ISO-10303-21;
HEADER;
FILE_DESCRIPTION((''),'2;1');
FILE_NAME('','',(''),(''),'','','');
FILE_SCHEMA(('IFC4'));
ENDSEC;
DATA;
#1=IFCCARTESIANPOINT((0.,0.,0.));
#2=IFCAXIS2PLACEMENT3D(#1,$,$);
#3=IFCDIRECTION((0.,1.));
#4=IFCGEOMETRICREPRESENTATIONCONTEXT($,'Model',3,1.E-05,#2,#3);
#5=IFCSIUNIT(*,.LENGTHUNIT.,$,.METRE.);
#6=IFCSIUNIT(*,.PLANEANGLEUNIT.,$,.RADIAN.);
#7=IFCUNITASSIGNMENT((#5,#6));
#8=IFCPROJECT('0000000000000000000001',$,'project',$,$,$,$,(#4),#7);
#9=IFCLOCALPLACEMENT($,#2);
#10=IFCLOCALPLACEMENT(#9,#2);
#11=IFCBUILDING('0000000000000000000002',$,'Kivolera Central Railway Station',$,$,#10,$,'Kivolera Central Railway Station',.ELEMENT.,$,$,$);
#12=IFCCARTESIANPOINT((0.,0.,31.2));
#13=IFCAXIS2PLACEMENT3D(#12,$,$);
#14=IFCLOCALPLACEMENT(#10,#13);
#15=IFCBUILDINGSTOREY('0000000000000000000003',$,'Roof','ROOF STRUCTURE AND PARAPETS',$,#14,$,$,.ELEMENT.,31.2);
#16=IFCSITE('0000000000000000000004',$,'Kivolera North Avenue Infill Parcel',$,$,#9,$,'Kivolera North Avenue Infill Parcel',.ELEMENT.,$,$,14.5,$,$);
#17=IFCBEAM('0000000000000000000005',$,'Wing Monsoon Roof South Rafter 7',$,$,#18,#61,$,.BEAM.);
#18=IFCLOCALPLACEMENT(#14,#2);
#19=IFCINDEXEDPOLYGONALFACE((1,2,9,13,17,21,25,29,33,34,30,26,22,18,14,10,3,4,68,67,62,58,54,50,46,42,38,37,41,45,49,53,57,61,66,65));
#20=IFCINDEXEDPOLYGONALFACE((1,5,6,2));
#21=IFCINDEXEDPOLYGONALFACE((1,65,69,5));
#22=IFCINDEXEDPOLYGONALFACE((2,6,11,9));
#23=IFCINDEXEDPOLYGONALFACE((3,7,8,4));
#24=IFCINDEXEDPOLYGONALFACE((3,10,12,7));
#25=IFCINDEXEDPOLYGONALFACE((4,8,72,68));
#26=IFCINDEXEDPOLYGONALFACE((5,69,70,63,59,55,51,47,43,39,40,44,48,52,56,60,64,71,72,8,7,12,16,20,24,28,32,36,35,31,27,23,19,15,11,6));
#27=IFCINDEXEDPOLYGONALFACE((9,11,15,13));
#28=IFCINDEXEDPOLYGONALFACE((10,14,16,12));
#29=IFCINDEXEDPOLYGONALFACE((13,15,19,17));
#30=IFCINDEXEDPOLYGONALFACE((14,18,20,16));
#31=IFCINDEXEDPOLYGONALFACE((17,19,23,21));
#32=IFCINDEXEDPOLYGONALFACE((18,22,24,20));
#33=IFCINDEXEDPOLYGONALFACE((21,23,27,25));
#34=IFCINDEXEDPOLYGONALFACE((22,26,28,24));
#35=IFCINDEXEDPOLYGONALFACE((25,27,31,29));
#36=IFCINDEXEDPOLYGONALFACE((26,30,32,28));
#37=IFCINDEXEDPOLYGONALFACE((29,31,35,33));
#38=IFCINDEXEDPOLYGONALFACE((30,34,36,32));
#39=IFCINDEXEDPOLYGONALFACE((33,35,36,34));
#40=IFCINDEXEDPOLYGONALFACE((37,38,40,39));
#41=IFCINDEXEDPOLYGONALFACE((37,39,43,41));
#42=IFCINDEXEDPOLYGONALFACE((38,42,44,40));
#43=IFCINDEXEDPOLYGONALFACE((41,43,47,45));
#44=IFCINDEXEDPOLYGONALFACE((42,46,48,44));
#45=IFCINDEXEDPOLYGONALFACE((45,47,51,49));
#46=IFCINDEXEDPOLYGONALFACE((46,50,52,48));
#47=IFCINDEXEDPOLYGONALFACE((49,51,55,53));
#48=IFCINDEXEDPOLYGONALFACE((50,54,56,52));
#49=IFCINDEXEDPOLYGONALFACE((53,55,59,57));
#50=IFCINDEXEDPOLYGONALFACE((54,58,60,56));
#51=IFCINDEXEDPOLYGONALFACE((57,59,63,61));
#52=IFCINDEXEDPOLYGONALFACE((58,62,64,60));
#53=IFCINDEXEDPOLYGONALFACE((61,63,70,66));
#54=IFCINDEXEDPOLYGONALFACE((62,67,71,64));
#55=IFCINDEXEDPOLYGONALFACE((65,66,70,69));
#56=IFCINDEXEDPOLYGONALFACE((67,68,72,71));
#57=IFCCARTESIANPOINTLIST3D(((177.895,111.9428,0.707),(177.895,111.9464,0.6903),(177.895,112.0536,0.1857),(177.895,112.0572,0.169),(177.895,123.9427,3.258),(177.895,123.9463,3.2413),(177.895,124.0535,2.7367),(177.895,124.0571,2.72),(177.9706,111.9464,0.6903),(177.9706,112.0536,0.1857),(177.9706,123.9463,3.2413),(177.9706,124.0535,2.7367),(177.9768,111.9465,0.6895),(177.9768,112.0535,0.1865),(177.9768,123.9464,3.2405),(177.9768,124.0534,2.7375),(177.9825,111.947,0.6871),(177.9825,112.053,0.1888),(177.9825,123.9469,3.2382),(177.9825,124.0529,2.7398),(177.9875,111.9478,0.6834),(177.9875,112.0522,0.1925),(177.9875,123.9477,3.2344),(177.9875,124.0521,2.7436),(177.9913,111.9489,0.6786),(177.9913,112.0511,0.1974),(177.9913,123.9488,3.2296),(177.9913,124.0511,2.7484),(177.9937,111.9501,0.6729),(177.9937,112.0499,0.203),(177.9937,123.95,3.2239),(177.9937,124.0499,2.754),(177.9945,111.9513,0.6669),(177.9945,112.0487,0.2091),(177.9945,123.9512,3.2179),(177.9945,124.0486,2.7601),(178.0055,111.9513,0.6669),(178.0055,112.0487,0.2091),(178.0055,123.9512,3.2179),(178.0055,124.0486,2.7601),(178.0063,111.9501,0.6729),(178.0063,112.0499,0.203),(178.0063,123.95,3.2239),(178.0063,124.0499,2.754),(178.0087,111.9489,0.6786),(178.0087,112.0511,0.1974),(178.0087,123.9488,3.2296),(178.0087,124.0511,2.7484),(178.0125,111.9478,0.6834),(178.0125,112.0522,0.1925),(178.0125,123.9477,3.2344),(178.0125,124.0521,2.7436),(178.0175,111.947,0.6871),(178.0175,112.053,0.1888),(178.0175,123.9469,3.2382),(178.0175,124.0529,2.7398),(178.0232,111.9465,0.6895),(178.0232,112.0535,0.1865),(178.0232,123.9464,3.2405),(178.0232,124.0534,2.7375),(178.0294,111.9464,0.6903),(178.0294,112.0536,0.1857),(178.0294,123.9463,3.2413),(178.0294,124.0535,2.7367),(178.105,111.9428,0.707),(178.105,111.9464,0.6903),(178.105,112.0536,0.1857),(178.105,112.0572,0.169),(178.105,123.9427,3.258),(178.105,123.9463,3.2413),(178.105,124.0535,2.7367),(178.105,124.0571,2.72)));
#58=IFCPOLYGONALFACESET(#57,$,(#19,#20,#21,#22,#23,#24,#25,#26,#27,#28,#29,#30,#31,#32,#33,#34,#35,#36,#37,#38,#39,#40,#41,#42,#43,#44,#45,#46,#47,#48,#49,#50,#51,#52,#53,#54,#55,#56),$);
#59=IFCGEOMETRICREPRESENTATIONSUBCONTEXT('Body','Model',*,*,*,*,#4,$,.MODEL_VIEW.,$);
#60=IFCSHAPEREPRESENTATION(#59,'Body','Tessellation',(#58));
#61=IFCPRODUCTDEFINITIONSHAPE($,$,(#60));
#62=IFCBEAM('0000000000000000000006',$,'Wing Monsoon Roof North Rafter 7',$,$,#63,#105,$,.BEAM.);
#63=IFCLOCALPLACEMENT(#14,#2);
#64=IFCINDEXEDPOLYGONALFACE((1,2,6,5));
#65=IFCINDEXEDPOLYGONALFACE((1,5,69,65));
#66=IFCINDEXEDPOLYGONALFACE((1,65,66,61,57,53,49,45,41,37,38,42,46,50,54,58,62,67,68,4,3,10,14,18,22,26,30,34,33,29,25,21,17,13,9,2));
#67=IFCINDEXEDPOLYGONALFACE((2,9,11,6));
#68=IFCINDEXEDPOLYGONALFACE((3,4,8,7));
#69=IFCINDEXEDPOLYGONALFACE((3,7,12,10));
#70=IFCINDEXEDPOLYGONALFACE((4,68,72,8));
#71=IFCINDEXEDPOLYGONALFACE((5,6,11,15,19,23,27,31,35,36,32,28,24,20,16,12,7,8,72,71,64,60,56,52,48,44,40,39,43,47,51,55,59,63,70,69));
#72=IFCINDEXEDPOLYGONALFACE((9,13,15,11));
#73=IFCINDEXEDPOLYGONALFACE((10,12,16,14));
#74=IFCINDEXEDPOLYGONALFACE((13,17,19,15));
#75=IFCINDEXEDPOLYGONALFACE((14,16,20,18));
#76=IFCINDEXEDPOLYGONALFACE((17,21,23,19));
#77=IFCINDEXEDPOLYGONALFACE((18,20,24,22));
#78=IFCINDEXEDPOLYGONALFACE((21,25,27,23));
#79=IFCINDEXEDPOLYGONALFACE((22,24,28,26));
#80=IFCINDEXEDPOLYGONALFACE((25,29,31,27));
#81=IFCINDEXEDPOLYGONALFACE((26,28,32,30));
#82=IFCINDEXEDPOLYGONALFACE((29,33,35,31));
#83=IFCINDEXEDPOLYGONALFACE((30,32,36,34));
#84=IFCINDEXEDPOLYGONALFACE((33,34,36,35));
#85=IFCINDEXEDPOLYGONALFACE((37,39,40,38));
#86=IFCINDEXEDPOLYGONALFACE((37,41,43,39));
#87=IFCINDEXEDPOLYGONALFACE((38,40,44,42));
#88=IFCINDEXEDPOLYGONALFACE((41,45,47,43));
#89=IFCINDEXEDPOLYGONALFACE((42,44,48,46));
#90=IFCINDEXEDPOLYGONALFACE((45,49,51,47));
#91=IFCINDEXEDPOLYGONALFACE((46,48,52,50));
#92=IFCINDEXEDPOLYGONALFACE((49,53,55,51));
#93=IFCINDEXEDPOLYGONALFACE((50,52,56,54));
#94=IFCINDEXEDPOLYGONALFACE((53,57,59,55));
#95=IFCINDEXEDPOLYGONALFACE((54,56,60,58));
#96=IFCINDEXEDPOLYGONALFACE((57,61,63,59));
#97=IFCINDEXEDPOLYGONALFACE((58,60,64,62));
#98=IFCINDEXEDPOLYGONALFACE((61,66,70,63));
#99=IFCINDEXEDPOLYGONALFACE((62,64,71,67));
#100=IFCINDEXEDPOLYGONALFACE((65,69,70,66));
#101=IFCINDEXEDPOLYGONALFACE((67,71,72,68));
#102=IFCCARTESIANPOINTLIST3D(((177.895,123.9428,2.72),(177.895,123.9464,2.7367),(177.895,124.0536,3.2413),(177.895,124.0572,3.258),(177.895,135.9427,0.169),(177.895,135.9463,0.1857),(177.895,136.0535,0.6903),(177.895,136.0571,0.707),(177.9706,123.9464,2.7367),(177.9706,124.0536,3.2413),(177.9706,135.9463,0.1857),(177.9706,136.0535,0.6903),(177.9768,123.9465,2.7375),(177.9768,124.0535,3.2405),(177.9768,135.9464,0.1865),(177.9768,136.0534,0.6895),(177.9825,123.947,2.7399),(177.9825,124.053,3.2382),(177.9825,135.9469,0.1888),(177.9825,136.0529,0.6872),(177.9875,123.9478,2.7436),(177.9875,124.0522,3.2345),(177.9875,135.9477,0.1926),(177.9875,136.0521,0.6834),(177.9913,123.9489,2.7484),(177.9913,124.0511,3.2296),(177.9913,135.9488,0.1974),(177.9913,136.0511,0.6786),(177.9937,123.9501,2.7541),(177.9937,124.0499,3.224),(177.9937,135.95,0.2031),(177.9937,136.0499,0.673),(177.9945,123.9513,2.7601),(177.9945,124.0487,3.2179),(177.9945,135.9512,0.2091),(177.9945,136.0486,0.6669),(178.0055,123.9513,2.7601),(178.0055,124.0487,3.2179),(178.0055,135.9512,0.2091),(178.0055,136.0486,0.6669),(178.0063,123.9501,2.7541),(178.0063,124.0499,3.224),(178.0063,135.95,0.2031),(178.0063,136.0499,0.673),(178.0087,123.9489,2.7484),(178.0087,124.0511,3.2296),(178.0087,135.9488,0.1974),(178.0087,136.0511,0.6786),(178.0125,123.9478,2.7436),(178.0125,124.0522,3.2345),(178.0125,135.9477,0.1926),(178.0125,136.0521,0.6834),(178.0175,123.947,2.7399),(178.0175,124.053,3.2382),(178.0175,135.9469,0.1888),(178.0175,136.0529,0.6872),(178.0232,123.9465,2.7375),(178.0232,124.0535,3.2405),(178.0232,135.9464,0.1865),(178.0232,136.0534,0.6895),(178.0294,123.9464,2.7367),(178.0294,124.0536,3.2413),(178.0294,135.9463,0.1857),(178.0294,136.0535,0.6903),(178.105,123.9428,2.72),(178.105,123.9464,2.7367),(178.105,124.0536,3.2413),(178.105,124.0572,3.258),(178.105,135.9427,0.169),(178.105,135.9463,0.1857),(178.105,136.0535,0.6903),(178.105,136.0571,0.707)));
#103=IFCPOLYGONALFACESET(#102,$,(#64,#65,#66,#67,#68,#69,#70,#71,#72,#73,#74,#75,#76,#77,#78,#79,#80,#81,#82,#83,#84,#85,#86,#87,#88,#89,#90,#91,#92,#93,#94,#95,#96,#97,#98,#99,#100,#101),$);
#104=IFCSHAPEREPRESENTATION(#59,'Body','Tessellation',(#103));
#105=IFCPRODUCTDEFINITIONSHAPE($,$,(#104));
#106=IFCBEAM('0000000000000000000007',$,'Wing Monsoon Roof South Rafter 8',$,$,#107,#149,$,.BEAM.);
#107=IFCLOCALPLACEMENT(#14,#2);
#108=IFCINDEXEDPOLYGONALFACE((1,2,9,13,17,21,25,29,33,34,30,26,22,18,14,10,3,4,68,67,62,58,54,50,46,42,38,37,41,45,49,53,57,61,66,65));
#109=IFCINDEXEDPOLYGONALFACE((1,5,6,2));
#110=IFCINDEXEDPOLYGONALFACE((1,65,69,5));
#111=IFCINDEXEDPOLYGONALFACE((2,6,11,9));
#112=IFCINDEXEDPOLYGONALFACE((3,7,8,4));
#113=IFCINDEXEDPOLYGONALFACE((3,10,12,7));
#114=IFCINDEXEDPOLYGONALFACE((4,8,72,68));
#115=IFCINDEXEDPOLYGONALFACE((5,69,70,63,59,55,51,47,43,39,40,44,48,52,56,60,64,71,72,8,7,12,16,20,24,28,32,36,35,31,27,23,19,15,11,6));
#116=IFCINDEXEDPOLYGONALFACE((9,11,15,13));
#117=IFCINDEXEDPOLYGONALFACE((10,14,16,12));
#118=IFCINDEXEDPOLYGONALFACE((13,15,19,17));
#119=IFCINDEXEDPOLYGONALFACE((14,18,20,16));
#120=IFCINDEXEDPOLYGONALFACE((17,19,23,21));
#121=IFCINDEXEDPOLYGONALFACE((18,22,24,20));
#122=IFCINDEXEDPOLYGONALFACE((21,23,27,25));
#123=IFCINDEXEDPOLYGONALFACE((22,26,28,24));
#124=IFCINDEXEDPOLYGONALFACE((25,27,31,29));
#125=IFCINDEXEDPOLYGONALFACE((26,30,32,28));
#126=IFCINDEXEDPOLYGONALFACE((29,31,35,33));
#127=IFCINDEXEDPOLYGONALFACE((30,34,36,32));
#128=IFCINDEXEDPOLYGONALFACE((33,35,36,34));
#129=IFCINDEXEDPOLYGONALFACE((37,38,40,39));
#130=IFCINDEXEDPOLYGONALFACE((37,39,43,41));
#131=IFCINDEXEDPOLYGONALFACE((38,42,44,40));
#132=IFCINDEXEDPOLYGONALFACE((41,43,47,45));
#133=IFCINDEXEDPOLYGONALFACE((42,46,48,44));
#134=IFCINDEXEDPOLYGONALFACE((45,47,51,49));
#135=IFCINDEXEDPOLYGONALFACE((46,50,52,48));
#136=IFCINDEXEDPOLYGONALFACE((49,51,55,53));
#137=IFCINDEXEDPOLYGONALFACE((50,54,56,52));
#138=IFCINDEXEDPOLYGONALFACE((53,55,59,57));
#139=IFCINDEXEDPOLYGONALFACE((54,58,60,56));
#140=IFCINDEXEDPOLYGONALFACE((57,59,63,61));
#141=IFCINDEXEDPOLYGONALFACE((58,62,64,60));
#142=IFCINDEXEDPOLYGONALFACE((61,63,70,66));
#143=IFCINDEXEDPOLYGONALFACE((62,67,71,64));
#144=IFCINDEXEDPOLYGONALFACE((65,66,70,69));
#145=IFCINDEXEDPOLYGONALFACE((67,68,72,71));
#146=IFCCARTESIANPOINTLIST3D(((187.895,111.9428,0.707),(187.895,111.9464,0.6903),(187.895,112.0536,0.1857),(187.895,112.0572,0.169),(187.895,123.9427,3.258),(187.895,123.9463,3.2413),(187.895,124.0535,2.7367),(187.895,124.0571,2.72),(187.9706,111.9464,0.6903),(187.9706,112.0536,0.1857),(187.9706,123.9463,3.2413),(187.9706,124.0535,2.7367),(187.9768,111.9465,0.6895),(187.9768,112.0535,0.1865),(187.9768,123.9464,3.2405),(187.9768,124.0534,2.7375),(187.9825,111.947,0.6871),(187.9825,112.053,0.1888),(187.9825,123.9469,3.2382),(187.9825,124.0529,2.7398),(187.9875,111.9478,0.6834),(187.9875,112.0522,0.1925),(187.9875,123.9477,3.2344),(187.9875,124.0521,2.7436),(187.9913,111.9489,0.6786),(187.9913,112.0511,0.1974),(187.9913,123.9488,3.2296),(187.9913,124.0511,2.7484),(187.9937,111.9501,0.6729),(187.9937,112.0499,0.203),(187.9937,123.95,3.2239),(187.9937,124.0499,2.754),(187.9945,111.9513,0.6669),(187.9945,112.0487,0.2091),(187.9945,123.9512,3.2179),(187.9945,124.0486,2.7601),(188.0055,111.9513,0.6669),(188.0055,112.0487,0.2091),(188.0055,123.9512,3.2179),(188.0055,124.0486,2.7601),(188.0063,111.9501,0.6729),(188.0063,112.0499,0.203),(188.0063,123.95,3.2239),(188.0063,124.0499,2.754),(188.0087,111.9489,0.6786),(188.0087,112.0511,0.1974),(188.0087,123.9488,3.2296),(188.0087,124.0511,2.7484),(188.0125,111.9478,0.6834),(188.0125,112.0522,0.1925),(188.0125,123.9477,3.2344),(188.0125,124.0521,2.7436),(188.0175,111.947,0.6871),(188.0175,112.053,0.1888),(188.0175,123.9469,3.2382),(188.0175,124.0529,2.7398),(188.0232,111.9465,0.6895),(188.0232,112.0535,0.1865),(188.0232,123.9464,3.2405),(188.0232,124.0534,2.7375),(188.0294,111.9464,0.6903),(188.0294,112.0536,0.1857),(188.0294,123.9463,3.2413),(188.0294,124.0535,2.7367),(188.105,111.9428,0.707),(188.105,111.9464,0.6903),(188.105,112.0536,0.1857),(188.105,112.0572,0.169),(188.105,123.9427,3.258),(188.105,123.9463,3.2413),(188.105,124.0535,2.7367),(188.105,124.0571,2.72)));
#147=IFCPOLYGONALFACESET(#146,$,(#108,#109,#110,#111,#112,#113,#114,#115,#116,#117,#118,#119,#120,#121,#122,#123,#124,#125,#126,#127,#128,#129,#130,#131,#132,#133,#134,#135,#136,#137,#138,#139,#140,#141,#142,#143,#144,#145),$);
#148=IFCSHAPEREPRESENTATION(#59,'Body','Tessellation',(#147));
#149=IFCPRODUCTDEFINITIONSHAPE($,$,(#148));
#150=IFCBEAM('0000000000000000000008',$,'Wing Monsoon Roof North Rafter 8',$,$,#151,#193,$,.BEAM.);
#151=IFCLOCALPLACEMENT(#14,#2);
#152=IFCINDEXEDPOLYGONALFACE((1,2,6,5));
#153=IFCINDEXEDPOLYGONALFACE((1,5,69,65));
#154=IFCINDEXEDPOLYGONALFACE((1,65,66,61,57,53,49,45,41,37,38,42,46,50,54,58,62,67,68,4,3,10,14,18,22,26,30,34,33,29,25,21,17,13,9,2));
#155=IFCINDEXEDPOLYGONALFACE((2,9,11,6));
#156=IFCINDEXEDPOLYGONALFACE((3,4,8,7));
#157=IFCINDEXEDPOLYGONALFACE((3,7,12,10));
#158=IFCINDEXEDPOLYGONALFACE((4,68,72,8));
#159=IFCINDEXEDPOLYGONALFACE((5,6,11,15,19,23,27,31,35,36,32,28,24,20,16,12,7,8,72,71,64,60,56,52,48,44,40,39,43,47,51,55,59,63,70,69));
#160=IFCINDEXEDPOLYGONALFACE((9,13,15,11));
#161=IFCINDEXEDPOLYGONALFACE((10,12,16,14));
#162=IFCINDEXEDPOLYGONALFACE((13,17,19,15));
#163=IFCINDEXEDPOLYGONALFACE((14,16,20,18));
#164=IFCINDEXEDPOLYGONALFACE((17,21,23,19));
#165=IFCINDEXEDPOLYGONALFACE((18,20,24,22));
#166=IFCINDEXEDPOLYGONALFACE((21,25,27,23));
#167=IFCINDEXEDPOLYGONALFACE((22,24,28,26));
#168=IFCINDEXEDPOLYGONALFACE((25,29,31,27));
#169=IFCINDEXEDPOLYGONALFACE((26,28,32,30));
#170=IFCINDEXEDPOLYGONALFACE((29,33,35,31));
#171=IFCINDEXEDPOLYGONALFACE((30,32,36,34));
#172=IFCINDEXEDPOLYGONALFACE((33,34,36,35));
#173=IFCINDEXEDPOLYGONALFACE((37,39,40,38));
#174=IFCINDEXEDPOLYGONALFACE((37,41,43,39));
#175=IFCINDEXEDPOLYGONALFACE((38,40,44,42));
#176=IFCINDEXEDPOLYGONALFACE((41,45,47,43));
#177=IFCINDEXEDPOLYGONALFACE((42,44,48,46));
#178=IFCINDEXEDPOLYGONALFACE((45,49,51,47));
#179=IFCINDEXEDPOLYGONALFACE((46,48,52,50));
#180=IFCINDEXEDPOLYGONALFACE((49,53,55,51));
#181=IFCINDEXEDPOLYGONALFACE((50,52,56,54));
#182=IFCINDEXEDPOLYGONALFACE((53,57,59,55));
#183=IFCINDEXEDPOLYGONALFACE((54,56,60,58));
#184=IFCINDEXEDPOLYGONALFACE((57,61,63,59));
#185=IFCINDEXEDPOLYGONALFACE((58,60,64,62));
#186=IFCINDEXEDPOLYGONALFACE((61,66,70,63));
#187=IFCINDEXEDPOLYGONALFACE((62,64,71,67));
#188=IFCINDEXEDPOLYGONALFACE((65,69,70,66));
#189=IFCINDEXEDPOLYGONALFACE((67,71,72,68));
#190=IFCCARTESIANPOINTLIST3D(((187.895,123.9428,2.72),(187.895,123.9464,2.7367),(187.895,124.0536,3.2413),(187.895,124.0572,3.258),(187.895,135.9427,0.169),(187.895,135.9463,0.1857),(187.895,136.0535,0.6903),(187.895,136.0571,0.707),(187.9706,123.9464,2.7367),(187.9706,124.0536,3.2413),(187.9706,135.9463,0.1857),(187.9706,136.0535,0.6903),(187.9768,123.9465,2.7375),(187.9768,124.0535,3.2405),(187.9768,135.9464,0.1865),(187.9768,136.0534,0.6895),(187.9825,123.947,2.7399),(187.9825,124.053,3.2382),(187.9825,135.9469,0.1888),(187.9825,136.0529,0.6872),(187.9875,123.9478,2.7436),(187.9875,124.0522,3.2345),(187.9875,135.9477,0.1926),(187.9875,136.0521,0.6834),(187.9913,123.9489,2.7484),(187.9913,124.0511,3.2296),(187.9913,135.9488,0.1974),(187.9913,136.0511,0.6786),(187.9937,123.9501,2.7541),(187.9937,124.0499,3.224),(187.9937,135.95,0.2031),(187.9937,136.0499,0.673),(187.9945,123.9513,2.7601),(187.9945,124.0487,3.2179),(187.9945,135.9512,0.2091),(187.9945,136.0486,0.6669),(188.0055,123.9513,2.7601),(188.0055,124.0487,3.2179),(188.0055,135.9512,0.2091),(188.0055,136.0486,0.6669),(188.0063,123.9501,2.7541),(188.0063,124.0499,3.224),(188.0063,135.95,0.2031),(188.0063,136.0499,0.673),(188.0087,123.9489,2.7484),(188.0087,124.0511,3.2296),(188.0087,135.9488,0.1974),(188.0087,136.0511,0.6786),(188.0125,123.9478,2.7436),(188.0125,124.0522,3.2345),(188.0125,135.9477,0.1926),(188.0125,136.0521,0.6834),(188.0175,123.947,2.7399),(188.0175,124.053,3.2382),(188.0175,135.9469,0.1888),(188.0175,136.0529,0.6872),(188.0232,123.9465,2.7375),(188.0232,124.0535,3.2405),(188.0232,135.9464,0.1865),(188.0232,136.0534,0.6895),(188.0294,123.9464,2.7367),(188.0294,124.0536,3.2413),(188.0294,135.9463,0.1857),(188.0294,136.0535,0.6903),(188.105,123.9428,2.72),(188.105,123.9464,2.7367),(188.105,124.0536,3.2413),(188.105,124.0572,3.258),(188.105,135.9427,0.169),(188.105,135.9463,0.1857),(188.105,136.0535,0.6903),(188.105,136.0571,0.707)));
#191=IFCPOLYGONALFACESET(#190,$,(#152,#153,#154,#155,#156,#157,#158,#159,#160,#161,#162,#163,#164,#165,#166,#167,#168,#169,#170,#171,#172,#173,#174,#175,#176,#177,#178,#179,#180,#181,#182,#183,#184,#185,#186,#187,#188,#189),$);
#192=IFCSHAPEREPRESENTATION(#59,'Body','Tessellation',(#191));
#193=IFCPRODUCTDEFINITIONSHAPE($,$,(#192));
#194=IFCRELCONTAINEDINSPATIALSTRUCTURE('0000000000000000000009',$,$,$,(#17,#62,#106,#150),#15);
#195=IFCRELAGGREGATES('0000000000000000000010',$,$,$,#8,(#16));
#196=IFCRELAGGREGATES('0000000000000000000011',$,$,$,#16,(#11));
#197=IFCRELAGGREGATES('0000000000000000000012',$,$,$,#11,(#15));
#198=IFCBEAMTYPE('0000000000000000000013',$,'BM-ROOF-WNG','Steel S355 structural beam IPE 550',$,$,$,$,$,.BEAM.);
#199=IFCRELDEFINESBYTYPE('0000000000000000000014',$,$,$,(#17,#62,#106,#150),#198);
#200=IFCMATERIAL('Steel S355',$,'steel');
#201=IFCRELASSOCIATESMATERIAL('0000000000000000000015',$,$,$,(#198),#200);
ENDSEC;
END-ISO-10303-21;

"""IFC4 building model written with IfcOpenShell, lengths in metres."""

from ifc_helpers import new_model, si_unit, direction, frame, origin, origin_2d, place, context, subcontext, project, spatial, i_section, extrude, material, material_profile, profile_set, type_object, element, save


model = new_model("IFC4")

# Units and contexts
model_context = context("Model", 3, precision=1e-05, world=origin(), true_north=direction((0.0, 1.0)))
body_context = subcontext(model_context, "Body", "Model", "MODEL_VIEW")
ifc_project = project(units=[si_unit("LENGTHUNIT", "METRE"), si_unit("PLANEANGLEUNIT", "RADIAN")], contexts=[model_context])

# Site, building, storey
site_placement = place(None, origin())
site = spatial("IfcSite", under=ifc_project, at=site_placement, Name="Kivolera North Avenue Infill Parcel", LongName="Kivolera North Avenue Infill Parcel", CompositionType="ELEMENT", RefElevation=14.5)
building_placement = place(site_placement, origin())
building = spatial("IfcBuilding", under=site, at=building_placement, Name="Kivolera Central Railway Station", LongName="Kivolera Central Railway Station", CompositionType="ELEMENT")
storey_placement = place(building_placement, frame((0.0, 0.0, 31.2)))
storey = spatial("IfcBuildingStorey", under=building, at=storey_placement, Name="Roof", Description="ROOF STRUCTURE AND PARAPETS", CompositionType="ELEMENT", Elevation=31.2)

# Beams
ifc_material_1 = material(Name="Steel S355", Category="steel")
ifc_material_profile_1 = material_profile(ifc_material_1, i_section(OverallWidth=0.21, OverallDepth=0.55, WebThickness=0.011, FlangeThickness=0.0171, FilletRadius=0.0239, at=origin_2d()), Name="IPE 550")
ifc_profile_set_1 = profile_set([ifc_material_profile_1], Name="Steel S355")
beam_type_1 = type_object("IfcBeamType", Name="BM-ROOF-WNG", Description="Steel S355 structural beam IPE 550", PredefinedType="BEAM", material=ifc_profile_set_1)
for number, where, z_axis, x_axis, name in (
    (1, (178.0, 112.0, 0.438), (0.0, 0.978142, 0.207939), (-1.0, 0.0, 0.0), "Wing Monsoon Roof South Rafter 7"),
    (2, (178.0, 124.0, 2.989), (0.0, 0.978142, -0.207939), (-1.0, 0.0, 0.0), "Wing Monsoon Roof North Rafter 7"),
    (3, (188.0, 112.0, 0.438), (0.0, 0.978142, 0.207939), (-1.0, 0.0, 0.0), "Wing Monsoon Roof South Rafter 8"),
    (4, (188.0, 124.0, 2.989), (0.0, 0.978142, -0.207939), (-1.0, 0.0, 0.0), "Wing Monsoon Roof North Rafter 8"),
):
    element("IfcBeam", number, at=place(storey_placement, frame(where, z_axis=z_axis, x_axis=x_axis)), inside=storey, type_object=beam_type_1, Name=name, PredefinedType="BEAM", context=body_context, shape_type="SweptSolid", body=[
        extrude(i_section(OverallWidth=0.21, OverallDepth=0.55, WebThickness=0.011, FlangeThickness=0.0171, FilletRadius=0.0239, at=origin_2d()), origin(), (0.0, 0.0, 1.0), 12.2681),
    ])

save(model, "model.ifc")
